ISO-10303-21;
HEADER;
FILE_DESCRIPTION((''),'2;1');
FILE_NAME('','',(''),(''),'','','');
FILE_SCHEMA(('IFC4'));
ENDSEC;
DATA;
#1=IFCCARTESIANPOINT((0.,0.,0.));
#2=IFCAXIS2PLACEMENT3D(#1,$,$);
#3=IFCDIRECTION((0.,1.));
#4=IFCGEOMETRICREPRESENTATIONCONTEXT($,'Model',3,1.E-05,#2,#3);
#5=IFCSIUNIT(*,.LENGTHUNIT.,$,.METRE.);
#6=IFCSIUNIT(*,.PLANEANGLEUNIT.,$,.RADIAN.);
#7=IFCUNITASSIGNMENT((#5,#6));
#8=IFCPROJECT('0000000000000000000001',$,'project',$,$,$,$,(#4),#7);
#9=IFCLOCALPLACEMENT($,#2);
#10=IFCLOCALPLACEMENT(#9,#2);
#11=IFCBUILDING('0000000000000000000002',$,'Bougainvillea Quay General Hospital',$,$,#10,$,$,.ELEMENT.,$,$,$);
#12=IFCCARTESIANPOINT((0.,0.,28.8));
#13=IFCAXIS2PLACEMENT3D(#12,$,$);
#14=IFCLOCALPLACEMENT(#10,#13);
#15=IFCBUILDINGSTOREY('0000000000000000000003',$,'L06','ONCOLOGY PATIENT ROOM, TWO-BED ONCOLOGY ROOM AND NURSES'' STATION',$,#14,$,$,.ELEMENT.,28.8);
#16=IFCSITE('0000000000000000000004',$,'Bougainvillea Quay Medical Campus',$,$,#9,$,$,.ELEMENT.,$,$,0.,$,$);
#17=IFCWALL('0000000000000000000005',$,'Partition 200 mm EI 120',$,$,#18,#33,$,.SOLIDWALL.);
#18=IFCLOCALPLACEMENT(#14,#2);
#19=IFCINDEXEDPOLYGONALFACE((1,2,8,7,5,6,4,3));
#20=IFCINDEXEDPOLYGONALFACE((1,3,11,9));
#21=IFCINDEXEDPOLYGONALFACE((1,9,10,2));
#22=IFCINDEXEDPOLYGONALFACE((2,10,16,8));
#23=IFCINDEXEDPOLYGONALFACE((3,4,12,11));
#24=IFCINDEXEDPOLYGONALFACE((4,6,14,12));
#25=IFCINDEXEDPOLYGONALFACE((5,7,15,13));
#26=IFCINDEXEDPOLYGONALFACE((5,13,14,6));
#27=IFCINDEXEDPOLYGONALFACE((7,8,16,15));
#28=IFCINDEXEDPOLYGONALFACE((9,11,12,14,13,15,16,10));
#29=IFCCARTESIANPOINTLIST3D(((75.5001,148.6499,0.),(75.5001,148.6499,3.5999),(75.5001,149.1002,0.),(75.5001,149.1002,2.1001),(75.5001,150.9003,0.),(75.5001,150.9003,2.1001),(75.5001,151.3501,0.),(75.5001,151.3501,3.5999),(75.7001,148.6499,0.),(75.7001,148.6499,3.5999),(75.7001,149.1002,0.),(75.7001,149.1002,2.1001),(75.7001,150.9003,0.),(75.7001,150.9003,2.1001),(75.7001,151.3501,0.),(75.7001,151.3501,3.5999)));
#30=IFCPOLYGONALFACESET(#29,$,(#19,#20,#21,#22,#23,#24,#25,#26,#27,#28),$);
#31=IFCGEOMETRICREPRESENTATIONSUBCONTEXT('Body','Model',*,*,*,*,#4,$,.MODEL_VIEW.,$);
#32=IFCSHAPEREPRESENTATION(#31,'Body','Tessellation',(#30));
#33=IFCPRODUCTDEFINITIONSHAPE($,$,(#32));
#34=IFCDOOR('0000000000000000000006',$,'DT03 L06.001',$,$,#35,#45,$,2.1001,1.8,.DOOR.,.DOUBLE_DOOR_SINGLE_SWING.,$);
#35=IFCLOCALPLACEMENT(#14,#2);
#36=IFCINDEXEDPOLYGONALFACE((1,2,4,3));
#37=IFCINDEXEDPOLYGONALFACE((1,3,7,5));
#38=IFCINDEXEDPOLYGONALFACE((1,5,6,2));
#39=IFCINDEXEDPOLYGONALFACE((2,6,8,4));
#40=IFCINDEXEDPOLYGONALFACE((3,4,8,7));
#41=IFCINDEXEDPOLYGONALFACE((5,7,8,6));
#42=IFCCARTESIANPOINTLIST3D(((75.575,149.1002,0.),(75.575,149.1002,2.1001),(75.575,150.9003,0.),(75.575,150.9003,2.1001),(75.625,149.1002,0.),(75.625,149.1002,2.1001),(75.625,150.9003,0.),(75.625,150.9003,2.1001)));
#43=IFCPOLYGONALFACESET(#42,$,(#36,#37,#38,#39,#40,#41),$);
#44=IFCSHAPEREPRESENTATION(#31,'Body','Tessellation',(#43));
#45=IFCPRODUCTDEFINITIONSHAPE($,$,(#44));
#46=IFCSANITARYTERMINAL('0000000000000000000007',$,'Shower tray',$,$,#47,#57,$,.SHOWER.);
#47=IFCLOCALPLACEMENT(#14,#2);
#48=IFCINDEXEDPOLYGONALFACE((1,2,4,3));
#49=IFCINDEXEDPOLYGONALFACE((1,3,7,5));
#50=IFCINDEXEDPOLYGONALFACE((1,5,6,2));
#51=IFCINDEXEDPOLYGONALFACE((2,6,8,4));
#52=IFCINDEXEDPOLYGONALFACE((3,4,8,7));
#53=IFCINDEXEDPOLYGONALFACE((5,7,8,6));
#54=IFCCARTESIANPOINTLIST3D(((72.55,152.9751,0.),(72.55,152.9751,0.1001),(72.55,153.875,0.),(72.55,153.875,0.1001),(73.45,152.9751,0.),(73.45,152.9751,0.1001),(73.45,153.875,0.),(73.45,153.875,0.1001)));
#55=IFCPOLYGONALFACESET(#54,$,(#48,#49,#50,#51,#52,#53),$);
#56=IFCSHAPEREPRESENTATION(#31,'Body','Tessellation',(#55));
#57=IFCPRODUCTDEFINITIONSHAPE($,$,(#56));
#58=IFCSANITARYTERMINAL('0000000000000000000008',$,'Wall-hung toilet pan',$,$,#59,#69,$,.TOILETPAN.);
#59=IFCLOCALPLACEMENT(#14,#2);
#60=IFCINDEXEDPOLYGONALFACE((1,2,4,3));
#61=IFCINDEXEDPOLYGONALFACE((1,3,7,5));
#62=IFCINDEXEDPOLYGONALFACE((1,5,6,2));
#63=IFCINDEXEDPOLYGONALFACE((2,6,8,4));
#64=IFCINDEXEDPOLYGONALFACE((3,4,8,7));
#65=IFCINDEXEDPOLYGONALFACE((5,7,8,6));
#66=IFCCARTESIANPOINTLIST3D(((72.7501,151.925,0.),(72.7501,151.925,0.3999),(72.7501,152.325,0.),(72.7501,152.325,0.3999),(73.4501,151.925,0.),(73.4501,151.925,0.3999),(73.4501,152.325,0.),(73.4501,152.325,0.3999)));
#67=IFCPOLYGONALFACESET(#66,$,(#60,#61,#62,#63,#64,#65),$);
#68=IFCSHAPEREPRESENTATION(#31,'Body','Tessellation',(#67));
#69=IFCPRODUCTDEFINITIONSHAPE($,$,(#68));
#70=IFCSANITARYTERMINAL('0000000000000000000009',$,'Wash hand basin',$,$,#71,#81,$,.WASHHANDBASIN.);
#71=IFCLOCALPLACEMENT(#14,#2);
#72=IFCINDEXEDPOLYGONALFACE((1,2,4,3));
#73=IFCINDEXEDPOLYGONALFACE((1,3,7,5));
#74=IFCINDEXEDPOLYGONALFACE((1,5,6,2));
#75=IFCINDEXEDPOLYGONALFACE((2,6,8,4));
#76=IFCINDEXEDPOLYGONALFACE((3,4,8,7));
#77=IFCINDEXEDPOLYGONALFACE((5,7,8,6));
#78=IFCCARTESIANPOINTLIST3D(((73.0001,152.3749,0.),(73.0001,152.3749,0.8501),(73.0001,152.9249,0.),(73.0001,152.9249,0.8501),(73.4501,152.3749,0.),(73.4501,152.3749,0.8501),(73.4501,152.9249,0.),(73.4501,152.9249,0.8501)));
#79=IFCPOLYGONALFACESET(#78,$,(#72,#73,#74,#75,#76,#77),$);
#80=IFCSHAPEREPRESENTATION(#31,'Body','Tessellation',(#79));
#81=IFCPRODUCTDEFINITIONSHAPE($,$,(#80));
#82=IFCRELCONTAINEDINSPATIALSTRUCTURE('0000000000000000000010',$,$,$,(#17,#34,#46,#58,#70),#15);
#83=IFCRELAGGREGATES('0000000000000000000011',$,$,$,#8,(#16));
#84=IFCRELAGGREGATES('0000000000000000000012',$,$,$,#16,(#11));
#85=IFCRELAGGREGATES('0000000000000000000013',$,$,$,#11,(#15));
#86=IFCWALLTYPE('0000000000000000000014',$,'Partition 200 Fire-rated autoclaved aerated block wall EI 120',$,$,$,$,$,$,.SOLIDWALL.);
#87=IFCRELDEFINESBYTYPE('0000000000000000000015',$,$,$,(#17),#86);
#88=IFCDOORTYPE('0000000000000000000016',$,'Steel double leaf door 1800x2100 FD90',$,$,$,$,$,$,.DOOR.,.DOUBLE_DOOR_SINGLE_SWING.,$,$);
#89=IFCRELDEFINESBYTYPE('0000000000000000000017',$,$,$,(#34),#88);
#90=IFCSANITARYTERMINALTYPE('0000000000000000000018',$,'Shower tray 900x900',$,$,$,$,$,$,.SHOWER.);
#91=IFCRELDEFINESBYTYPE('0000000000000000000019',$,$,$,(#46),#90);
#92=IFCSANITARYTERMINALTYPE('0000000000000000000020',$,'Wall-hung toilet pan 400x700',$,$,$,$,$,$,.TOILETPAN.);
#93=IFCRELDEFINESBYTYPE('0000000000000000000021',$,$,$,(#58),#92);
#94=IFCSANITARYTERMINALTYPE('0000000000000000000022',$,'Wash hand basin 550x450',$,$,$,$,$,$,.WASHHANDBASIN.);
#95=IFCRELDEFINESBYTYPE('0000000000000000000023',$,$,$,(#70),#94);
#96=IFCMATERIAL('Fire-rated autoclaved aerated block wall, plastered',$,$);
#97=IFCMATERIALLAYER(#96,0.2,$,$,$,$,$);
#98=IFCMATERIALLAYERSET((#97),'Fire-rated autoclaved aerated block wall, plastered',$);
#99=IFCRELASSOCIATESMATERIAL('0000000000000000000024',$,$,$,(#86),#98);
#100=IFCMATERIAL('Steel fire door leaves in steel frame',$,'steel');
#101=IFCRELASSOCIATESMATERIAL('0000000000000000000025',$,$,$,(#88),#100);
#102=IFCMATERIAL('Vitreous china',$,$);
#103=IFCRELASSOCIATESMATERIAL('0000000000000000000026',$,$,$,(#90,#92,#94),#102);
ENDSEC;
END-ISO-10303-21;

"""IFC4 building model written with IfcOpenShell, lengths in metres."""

from ifc_helpers import new_model, si_unit, direction, frame, frame_2d, origin, origin_2d, place, context, subcontext, project, spatial, rectangle, extrude, material, layer, layer_set, type_object, element, fill, save


model = new_model("IFC4")

# Units and contexts
model_context = context("Model", 3, precision=1e-05, world=origin(), true_north=direction((0.0, 1.0)))
body_context = subcontext(model_context, "Body", "Model", "MODEL_VIEW")
ifc_project = project(units=[si_unit("LENGTHUNIT", "METRE"), si_unit("PLANEANGLEUNIT", "RADIAN")], contexts=[model_context])

# Site, building, storey
site_placement = place(None, origin())
site = spatial("IfcSite", under=ifc_project, at=site_placement, Name="Bougainvillea Quay Medical Campus", CompositionType="ELEMENT", RefElevation=0.0)
building_placement = place(site_placement, origin())
building = spatial("IfcBuilding", under=site, at=building_placement, Name="Bougainvillea Quay General Hospital", CompositionType="ELEMENT")
storey_placement = place(building_placement, frame((0.0, 0.0, 28.8)))
storey = spatial("IfcBuildingStorey", under=building, at=storey_placement, Name="L06", Description="ONCOLOGY PATIENT ROOM, TWO-BED ONCOLOGY ROOM AND NURSES' STATION", CompositionType="ELEMENT", Elevation=28.8)

# Wall, opening, door
ifc_material_1 = material(Name="Fire-rated autoclaved aerated block wall, plastered")
ifc_layer_1 = layer(ifc_material_1, 0.2)
ifc_layer_set_1 = layer_set([ifc_layer_1], Name="Fire-rated autoclaved aerated block wall, plastered")
wall_type_1 = type_object("IfcWallType", Name="Partition 200 Fire-rated autoclaved aerated block wall EI 120", PredefinedType="SOLIDWALL", material=ifc_layer_set_1)
wall_1_placement = place(storey_placement, frame((75.6001, 151.3501, 0.0), z_axis=(0.0, 0.0, 1.0), x_axis=(0.0, -1.0, 0.0)))
wall_1 = element("IfcWall", 1, at=wall_1_placement, inside=storey, type_object=wall_type_1, Name="Partition 200 mm EI 120", PredefinedType="SOLIDWALL", context=body_context, shape_type="SweptSolid", body=[
    extrude(rectangle(XDim=2.7002, YDim=0.2, at=frame_2d((1.3501, 0.0))), origin(), (0.0, 0.0, 1.0), 3.5999),
])
opening_1_placement = place(wall_1_placement, frame((0.45, 0.0, 0.0)))
opening_1 = element("IfcOpeningElement", 2, at=opening_1_placement, cuts=wall_1, PredefinedType="OPENING", context=body_context, shape_type="SweptSolid", body=[
    extrude(rectangle(XDim=1.8, YDim=2.1001, at=frame_2d((0.8999, 1.05))), frame((0.0, 0.1099, 0.0), z_axis=(0.0, -1.0, 0.0), x_axis=(1.0, 0.0, 0.0)), (0.0, 0.0, 1.0), 0.22),
])
ifc_material_2 = material(Name="Steel fire door leaves in steel frame", Category="steel")
door_type_1 = type_object("IfcDoorType", Name="Steel double leaf door 1800x2100 FD90", OperationType="DOUBLE_DOOR_SINGLE_SWING", PredefinedType="DOOR", material=ifc_material_2)
door_1_placement = place(opening_1_placement, origin())
door_1 = element("IfcDoor", 3, at=door_1_placement, inside=storey, type_object=door_type_1, Name="DT03 L06.001", OperationType="DOUBLE_DOOR_SINGLE_SWING", OverallHeight=2.1001, OverallWidth=1.8, PredefinedType="DOOR", context=body_context, shape_type="SweptSolid", body=[
    extrude(rectangle(XDim=1.8, YDim=2.1001, at=frame_2d((0.8999, 1.05))), frame((0.0, 0.0249, 0.0), z_axis=(0.0, -1.0, 0.0), x_axis=(1.0, 0.0, 0.0)), (0.0, 0.0, 1.0), 0.05),
])
fill(opening_1, door_1)

# Sanitary terminals
ifc_material_3 = material(Name="Vitreous china")
sanitary_terminal_type_1 = type_object("IfcSanitaryTerminalType", Name="Shower tray 900x900", PredefinedType="SHOWER", material=ifc_material_3)
sanitary_terminal_1_placement = place(storey_placement, frame((73.0, 153.425, 0.0), z_axis=(0.0, 0.0, 1.0), x_axis=(0.0, -1.0, 0.0)))
element("IfcSanitaryTerminal", 4, at=sanitary_terminal_1_placement, inside=storey, type_object=sanitary_terminal_type_1, Name="Shower tray", PredefinedType="SHOWER", context=body_context, shape_type="SweptSolid", body=[
    extrude(rectangle(XDim=0.8999, YDim=0.8999, at=origin_2d()), origin(), (0.0, 0.0, 1.0), 0.1001),
])
sanitary_terminal_type_2 = type_object("IfcSanitaryTerminalType", Name="Wall-hung toilet pan 400x700", PredefinedType="TOILETPAN", material=ifc_material_3)
sanitary_terminal_2_placement = place(storey_placement, frame((73.1001, 152.125, 0.0), z_axis=(0.0, 0.0, 1.0), x_axis=(0.0, -1.0, 0.0)))
element("IfcSanitaryTerminal", 5, at=sanitary_terminal_2_placement, inside=storey, type_object=sanitary_terminal_type_2, Name="Wall-hung toilet pan", PredefinedType="TOILETPAN", context=body_context, shape_type="SweptSolid", body=[
    extrude(rectangle(XDim=0.3999, YDim=0.7, at=origin_2d()), origin(), (0.0, 0.0, 1.0), 0.3999),
])
sanitary_terminal_type_3 = type_object("IfcSanitaryTerminalType", Name="Wash hand basin 550x450", PredefinedType="WASHHANDBASIN", material=ifc_material_3)
sanitary_terminal_3_placement = place(storey_placement, frame((73.2251, 152.6499, 0.0), z_axis=(0.0, 0.0, 1.0), x_axis=(0.0, -1.0, 0.0)))
element("IfcSanitaryTerminal", 6, at=sanitary_terminal_3_placement, inside=storey, type_object=sanitary_terminal_type_3, Name="Wash hand basin", PredefinedType="WASHHANDBASIN", context=body_context, shape_type="SweptSolid", body=[
    extrude(rectangle(XDim=0.55, YDim=0.45, at=origin_2d()), origin(), (0.0, 0.0, 1.0), 0.8501),
])

save(model, "model.ifc")
